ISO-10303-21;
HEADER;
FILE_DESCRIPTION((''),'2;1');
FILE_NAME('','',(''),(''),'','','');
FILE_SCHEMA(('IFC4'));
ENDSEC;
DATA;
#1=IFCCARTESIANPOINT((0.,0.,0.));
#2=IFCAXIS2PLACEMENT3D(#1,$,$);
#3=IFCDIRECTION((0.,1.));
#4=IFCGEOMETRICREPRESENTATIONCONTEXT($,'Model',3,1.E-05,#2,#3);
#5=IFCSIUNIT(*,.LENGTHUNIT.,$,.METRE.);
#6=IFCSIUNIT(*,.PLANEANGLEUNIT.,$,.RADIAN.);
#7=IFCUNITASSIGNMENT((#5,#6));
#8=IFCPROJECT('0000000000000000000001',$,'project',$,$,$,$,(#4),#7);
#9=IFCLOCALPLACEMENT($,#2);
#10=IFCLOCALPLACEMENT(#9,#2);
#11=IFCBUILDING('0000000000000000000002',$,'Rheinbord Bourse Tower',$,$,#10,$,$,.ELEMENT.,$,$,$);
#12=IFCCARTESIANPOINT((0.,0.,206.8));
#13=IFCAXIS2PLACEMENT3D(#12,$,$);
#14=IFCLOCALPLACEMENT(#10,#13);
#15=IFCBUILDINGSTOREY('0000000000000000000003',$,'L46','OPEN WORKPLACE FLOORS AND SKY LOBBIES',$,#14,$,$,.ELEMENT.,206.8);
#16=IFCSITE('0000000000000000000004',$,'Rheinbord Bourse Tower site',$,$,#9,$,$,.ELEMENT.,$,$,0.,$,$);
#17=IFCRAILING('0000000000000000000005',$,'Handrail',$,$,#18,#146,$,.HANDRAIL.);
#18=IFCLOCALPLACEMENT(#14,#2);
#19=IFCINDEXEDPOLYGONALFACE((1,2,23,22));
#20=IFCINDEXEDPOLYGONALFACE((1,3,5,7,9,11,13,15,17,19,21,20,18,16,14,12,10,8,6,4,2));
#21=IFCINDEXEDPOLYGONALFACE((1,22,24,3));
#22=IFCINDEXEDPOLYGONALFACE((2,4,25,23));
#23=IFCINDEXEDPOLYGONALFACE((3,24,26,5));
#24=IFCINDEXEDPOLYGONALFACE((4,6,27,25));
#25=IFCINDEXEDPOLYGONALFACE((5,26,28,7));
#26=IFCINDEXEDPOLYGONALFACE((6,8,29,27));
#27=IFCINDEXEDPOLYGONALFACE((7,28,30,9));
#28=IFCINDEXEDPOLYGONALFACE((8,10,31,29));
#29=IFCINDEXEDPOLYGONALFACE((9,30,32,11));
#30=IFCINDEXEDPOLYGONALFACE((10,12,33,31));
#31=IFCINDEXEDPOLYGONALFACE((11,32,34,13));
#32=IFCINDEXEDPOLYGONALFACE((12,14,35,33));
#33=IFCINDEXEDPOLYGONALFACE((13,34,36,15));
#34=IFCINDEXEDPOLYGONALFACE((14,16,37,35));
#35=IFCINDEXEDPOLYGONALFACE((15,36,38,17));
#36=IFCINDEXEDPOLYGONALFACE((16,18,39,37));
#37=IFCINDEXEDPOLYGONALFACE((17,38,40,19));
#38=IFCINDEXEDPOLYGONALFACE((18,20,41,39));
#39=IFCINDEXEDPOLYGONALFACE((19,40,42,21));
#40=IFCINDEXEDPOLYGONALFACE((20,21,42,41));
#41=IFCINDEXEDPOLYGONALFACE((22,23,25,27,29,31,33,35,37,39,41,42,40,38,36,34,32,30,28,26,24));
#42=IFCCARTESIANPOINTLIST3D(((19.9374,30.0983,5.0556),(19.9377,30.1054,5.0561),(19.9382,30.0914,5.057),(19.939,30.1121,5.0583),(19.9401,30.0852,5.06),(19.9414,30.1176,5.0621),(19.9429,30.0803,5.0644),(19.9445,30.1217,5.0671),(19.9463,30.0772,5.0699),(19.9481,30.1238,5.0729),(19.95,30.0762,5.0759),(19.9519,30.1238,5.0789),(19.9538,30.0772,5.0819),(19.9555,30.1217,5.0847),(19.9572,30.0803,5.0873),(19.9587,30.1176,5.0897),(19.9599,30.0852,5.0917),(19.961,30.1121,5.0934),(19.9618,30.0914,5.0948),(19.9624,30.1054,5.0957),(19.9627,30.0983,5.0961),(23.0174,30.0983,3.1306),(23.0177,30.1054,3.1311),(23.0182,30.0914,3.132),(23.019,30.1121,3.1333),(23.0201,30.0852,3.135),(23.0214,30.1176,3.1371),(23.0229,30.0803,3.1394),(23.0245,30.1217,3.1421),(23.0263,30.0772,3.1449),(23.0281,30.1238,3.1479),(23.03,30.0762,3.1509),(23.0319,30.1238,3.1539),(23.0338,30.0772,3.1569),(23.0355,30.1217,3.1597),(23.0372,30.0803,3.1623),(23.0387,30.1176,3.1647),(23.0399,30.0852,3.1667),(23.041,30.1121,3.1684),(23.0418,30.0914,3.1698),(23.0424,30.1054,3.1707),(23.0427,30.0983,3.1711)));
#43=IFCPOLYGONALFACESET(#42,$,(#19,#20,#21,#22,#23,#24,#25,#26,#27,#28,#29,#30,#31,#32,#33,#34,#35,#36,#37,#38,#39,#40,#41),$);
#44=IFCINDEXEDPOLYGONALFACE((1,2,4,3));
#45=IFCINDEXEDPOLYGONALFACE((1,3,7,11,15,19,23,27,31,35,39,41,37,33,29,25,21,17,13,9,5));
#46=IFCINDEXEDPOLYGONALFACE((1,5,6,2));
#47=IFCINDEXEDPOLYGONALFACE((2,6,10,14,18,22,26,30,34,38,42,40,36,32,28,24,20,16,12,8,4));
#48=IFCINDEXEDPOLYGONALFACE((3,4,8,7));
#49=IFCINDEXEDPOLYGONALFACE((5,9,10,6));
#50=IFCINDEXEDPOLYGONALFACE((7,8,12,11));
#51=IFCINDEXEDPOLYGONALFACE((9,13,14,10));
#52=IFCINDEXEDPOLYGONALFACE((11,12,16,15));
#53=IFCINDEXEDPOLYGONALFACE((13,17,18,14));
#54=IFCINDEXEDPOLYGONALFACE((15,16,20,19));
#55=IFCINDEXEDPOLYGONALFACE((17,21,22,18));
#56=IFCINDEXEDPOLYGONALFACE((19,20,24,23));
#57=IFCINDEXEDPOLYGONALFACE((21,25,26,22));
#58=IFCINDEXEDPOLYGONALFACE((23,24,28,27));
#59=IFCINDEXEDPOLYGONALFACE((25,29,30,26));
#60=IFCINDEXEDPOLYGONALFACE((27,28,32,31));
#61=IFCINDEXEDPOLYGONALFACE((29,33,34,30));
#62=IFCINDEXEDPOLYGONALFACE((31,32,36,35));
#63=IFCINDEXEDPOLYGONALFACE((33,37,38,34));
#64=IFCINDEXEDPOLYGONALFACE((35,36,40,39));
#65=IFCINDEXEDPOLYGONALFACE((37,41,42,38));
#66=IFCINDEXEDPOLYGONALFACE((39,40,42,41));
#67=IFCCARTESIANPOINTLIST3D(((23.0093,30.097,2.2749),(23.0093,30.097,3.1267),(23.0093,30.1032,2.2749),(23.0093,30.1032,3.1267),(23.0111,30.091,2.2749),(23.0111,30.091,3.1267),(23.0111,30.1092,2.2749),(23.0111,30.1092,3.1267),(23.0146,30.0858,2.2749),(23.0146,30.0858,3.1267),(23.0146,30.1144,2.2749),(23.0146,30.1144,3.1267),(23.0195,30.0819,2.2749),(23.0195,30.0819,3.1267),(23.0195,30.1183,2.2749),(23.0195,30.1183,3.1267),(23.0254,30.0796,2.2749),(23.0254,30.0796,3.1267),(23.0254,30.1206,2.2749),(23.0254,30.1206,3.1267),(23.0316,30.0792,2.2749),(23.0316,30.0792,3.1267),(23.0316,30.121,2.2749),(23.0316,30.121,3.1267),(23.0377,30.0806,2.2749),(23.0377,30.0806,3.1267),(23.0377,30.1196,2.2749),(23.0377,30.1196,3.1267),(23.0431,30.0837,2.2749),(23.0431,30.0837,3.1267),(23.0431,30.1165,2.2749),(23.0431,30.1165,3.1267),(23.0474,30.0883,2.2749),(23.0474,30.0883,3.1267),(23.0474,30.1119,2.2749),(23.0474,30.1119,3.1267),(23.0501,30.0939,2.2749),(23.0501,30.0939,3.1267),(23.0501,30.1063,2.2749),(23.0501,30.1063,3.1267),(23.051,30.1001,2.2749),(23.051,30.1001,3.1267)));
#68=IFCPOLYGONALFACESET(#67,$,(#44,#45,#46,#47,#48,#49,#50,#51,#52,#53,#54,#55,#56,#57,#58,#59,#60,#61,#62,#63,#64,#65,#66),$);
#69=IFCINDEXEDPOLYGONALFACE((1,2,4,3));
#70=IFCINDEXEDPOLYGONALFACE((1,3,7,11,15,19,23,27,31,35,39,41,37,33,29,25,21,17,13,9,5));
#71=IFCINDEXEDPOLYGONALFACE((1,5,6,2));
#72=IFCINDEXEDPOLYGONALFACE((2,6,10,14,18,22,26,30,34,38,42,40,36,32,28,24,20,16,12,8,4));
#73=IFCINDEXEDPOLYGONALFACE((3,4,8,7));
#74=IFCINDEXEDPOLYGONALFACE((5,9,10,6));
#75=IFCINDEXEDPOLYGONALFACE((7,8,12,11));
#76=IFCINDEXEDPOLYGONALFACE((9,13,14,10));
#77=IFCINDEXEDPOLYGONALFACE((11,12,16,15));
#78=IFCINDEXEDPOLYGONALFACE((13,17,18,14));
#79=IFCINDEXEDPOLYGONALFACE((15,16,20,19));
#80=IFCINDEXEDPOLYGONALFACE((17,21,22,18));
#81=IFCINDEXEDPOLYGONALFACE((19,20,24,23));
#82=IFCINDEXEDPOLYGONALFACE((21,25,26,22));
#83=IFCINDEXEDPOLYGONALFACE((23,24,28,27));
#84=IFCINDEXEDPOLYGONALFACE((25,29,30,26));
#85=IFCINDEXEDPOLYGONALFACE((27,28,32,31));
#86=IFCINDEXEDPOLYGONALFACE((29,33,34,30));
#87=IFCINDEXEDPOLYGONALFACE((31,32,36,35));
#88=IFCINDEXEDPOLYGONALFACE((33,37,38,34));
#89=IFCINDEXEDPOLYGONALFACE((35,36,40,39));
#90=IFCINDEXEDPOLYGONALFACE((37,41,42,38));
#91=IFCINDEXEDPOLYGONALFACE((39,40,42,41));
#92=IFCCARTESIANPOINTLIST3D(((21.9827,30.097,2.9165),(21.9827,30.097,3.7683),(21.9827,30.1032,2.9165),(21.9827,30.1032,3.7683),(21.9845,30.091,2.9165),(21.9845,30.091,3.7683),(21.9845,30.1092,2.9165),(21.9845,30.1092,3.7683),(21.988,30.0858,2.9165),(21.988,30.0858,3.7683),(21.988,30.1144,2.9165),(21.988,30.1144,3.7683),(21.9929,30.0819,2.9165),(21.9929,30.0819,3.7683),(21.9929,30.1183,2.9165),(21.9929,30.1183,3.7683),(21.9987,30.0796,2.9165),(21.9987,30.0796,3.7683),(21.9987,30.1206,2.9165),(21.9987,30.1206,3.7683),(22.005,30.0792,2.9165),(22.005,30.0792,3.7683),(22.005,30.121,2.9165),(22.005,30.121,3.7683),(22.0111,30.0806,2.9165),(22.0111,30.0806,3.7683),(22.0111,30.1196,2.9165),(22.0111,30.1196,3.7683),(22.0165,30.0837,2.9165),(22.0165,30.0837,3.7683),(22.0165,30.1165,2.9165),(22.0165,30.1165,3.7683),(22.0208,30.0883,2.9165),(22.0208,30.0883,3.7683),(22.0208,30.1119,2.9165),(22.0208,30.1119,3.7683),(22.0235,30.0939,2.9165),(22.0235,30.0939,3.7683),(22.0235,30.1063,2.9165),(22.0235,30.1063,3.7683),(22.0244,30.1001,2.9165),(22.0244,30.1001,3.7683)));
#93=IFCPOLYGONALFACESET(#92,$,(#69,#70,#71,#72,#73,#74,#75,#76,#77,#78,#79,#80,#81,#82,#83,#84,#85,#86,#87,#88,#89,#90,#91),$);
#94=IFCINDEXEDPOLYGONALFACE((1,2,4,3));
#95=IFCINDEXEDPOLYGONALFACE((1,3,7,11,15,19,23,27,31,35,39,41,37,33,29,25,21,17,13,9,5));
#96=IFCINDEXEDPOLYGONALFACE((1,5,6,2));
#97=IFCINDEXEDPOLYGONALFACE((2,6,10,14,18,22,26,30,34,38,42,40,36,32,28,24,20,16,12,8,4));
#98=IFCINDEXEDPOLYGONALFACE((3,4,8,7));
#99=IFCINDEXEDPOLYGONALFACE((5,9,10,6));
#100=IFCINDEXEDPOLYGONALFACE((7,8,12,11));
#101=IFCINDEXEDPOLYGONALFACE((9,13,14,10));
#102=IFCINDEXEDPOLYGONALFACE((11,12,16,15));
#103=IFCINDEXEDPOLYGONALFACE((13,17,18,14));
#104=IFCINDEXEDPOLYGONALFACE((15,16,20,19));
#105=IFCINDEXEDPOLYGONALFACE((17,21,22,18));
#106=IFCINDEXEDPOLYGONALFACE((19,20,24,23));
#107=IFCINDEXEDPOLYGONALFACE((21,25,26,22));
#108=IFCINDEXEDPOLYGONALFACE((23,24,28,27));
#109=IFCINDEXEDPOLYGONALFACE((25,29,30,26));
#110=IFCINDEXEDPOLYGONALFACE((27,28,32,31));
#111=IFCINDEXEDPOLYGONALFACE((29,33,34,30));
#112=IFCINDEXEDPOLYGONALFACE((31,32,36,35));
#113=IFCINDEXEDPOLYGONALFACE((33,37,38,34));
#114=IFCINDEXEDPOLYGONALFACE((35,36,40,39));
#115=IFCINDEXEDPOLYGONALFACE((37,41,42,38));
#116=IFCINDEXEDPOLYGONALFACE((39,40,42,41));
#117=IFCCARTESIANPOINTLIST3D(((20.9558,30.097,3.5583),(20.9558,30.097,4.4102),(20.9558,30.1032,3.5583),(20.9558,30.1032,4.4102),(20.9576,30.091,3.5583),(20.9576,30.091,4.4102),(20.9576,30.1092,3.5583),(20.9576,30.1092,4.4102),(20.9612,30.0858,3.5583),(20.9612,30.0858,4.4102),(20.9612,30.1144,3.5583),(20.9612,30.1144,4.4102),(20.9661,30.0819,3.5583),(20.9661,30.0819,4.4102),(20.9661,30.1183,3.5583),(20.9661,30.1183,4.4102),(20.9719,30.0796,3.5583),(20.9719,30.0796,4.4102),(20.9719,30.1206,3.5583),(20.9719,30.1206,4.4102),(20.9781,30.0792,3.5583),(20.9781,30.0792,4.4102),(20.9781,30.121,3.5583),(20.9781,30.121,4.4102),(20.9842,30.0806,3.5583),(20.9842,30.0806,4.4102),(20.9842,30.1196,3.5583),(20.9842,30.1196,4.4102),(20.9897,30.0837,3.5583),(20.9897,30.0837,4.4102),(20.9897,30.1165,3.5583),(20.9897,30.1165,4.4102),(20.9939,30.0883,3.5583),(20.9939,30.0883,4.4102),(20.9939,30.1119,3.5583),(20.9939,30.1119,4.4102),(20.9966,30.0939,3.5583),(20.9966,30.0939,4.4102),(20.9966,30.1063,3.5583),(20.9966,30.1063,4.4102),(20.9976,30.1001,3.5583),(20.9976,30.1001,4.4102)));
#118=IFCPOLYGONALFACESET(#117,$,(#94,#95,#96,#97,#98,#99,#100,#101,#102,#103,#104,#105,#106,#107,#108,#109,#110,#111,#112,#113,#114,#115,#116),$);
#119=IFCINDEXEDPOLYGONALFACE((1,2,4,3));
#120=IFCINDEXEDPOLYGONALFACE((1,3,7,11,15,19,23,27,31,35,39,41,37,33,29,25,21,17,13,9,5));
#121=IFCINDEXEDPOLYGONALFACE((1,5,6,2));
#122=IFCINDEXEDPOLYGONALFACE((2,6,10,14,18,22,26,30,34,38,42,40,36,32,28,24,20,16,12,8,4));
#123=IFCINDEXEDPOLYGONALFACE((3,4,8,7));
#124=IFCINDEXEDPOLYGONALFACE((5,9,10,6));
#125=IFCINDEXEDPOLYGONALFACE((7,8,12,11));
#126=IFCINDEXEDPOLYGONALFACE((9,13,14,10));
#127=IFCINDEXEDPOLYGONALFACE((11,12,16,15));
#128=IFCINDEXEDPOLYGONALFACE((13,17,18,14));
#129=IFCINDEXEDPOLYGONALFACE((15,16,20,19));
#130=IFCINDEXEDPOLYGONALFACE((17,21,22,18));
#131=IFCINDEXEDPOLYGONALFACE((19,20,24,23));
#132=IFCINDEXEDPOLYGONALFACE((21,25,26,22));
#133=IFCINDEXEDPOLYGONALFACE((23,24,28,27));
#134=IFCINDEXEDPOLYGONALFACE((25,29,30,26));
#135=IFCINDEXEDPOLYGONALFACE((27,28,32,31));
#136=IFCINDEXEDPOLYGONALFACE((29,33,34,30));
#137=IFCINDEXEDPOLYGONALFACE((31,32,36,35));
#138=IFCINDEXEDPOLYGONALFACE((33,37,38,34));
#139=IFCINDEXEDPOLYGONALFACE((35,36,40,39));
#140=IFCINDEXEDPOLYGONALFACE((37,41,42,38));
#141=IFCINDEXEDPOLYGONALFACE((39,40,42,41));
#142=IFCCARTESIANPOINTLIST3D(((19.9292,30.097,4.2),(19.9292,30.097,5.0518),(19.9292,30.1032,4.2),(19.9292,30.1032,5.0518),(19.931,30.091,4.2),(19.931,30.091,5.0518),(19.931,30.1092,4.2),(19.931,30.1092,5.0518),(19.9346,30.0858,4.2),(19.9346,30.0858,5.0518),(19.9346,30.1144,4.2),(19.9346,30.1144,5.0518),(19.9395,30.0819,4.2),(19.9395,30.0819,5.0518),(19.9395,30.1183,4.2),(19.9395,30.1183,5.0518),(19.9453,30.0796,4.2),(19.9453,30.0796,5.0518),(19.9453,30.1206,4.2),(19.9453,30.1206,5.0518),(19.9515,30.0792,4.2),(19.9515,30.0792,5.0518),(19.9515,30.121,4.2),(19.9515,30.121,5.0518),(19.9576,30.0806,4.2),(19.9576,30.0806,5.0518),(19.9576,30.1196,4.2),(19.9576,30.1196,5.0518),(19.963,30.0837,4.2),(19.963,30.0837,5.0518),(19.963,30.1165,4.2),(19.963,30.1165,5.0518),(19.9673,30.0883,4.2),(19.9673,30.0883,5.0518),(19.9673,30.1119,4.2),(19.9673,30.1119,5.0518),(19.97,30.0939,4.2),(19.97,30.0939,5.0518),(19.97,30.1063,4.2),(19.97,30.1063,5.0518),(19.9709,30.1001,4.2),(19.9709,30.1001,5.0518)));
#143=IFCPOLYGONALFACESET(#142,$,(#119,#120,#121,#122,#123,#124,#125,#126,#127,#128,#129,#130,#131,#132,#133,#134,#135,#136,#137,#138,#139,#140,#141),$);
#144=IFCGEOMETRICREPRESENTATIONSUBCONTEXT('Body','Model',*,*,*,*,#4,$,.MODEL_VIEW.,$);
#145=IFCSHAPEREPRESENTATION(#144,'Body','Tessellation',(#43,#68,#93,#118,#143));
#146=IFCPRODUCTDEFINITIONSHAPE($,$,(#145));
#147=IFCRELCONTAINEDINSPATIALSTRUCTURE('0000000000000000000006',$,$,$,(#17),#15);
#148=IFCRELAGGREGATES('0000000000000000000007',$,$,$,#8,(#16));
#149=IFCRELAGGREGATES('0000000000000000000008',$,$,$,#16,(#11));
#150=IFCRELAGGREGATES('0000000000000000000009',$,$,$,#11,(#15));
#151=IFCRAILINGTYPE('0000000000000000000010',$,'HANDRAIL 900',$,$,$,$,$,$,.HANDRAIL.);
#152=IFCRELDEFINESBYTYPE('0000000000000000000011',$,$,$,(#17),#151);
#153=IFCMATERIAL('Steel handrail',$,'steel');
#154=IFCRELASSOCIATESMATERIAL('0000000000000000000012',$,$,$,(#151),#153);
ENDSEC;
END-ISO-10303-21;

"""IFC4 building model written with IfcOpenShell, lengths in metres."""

from ifc_helpers import new_model, si_unit, direction, frame, origin, origin_2d, place, context, subcontext, project, spatial, circle, extrude, material, type_object, element, save


model = new_model("IFC4")

# Units and contexts
model_context = context("Model", 3, precision=1e-05, world=origin(), true_north=direction((0.0, 1.0)))
body_context = subcontext(model_context, "Body", "Model", "MODEL_VIEW")
ifc_project = project(units=[si_unit("LENGTHUNIT", "METRE"), si_unit("PLANEANGLEUNIT", "RADIAN")], contexts=[model_context])

# Site, building, storey
site_placement = place(None, origin())
site = spatial("IfcSite", under=ifc_project, at=site_placement, Name="Rheinbord Bourse Tower site", CompositionType="ELEMENT", RefElevation=0.0)
building_placement = place(site_placement, origin())
building = spatial("IfcBuilding", under=site, at=building_placement, Name="Rheinbord Bourse Tower", CompositionType="ELEMENT")
storey_placement = place(building_placement, frame((0.0, 0.0, 206.8)))
storey = spatial("IfcBuildingStorey", under=building, at=storey_placement, Name="L46", Description="OPEN WORKPLACE FLOORS AND SKY LOBBIES", CompositionType="ELEMENT", Elevation=206.8)

# Railing
ifc_material_1 = material(Name="Steel handrail", Category="steel")
railing_type = type_object("IfcRailingType", Name="HANDRAIL 900", PredefinedType="HANDRAIL", material=ifc_material_1)
railing_1_placement = place(storey_placement, frame((23.03, 30.1001, 2.2749)))
element("IfcRailing", 1, at=railing_1_placement, inside=storey, type_object=railing_type, Name="Handrail", PredefinedType="HANDRAIL", context=body_context, shape_type="SweptSolid", body=[
    extrude(circle(Radius=0.0239, at=origin_2d()), frame((0.0, 0.0, 0.876), z_axis=(-0.847998, 0.0, 0.529999), x_axis=(0.0, -1.0, 0.0)), (0.0, 0.0, 1.0), 3.6321),
    extrude(circle(Radius=0.021, at=origin_2d()), origin(), (0.0, 0.0, 1.0), 0.8518),
    extrude(circle(Radius=0.021, at=origin_2d()), frame((-1.0266, 0.0, 0.6416)), (0.0, 0.0, 1.0), 0.8518),
    extrude(circle(Radius=0.021, at=origin_2d()), frame((-2.0535, 0.0, 1.2834)), (0.0, 0.0, 1.0), 0.8518),
    extrude(circle(Radius=0.021, at=origin_2d()), frame((-3.0801, 0.0, 1.925)), (0.0, 0.0, 1.0), 0.8518),
])

save(model, "model.ifc")
